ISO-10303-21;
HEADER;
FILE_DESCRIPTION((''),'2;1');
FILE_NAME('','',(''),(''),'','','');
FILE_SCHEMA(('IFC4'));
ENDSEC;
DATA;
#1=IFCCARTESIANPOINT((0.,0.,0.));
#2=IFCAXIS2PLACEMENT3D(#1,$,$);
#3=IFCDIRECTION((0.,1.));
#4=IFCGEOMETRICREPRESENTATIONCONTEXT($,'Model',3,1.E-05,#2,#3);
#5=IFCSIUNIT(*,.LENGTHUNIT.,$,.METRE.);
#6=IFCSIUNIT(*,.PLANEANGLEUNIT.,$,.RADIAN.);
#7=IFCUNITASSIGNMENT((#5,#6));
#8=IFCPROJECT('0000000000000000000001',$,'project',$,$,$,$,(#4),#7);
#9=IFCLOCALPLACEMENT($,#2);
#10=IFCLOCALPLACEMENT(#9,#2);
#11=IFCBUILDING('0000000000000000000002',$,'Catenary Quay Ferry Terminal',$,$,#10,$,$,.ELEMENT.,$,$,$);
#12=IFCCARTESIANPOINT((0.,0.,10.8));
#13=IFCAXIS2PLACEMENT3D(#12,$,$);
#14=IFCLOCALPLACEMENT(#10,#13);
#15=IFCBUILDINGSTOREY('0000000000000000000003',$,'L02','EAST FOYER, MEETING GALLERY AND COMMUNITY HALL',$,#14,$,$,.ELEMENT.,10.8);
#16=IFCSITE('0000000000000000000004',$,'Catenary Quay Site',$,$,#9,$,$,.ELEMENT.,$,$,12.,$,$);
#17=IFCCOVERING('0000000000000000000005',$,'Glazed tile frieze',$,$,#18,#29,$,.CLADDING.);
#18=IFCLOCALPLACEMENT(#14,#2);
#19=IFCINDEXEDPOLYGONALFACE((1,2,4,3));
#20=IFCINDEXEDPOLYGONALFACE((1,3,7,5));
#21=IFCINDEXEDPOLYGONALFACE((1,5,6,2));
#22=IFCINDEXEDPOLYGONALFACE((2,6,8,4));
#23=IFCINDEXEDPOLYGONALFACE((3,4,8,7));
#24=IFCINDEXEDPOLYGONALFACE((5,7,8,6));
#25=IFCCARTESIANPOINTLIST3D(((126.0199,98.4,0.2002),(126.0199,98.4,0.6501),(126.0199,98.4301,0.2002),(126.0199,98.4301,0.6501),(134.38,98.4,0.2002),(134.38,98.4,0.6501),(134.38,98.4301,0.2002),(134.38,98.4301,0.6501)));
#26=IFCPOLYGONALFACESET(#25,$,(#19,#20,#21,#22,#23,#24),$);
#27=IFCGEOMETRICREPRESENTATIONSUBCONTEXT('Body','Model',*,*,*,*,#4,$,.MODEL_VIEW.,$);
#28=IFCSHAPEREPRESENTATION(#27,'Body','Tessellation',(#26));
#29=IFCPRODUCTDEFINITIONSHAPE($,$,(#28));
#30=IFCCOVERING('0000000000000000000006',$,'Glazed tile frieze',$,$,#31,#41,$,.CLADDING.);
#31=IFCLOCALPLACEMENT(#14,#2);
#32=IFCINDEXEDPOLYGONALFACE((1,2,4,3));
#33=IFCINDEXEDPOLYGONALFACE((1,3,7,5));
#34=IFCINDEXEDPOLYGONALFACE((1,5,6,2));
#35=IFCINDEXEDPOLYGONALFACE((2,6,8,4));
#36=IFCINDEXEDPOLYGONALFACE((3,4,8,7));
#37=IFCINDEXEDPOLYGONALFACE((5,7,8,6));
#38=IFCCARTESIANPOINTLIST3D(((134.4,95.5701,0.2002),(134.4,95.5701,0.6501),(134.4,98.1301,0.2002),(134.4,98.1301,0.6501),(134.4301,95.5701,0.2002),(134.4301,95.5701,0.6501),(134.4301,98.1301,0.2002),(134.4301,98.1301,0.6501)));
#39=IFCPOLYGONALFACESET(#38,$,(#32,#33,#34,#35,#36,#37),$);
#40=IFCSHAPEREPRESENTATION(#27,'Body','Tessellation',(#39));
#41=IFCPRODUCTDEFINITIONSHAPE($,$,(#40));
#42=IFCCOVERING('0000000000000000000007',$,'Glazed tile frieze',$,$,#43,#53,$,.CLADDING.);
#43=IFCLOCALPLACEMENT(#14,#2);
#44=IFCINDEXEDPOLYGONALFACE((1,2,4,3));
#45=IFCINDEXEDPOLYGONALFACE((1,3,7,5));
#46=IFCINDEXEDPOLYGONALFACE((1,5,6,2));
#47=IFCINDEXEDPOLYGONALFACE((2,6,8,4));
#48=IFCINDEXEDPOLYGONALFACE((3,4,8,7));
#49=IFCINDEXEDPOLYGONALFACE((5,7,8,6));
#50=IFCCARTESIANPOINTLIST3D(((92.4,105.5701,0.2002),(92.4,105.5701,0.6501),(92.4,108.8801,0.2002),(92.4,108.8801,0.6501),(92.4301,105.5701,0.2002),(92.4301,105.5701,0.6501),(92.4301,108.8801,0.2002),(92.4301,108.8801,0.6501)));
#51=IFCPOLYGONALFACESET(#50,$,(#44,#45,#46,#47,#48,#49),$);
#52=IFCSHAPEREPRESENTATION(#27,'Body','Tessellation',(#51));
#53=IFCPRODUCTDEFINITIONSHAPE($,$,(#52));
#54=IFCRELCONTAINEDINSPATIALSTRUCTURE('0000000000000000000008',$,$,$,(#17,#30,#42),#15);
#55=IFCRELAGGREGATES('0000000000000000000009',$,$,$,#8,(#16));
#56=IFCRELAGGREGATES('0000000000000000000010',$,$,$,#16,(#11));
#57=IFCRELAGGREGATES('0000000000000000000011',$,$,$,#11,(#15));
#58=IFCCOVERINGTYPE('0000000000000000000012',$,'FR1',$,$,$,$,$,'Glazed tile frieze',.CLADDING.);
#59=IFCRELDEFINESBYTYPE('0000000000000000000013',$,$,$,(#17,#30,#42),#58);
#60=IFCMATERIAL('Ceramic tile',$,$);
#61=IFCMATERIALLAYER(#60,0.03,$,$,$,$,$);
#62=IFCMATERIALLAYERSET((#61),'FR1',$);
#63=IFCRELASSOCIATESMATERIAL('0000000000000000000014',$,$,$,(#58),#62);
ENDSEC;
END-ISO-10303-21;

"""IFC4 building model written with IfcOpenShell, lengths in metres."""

from ifc_helpers import new_model, si_unit, direction, frame, origin, origin_2d, place, context, subcontext, project, spatial, rectangle, extrude, material, layer, layer_set, type_object, element, save


model = new_model("IFC4")

# Units and contexts
model_context = context("Model", 3, precision=1e-05, world=origin(), true_north=direction((0.0, 1.0)))
body_context = subcontext(model_context, "Body", "Model", "MODEL_VIEW")
ifc_project = project(units=[si_unit("LENGTHUNIT", "METRE"), si_unit("PLANEANGLEUNIT", "RADIAN")], contexts=[model_context])

# Site, building, storey
site_placement = place(None, origin())
site = spatial("IfcSite", under=ifc_project, at=site_placement, Name="Catenary Quay Site", CompositionType="ELEMENT", RefElevation=12.0)
building_placement = place(site_placement, origin())
building = spatial("IfcBuilding", under=site, at=building_placement, Name="Catenary Quay Ferry Terminal", CompositionType="ELEMENT")
storey_placement = place(building_placement, frame((0.0, 0.0, 10.8)))
storey = spatial("IfcBuildingStorey", under=building, at=storey_placement, Name="L02", Description="EAST FOYER, MEETING GALLERY AND COMMUNITY HALL", CompositionType="ELEMENT", Elevation=10.8)

# Coverings
ifc_material_1 = material(Name="Ceramic tile")
ifc_layer_1 = layer(ifc_material_1, 0.03)
ifc_layer_set_1 = layer_set([ifc_layer_1], Name="FR1")
covering_type_1 = type_object("IfcCoveringType", Name="FR1", ElementType="Glazed tile frieze", PredefinedType="CLADDING", material=ifc_layer_set_1)
covering_1_placement = place(storey_placement, frame((130.2, 98.415, 0.2002), z_axis=(0.0, 0.0, 1.0), x_axis=(1.0, 0.0, 0.0)))
element("IfcCovering", 1, at=covering_1_placement, inside=storey, type_object=covering_type_1, Name="Glazed tile frieze", PredefinedType="CLADDING", context=body_context, shape_type="SweptSolid", body=[
    extrude(rectangle(XDim=8.3601, YDim=0.03, at=origin_2d()), origin(), (0.0, 0.0, 1.0), 0.45),
])
covering_2_placement = place(storey_placement, frame((134.415, 96.8501, 0.2002), z_axis=(0.0, 0.0, 1.0), x_axis=(1.0, 0.0, 0.0)))
element("IfcCovering", 2, at=covering_2_placement, inside=storey, type_object=covering_type_1, Name="Glazed tile frieze", PredefinedType="CLADDING", context=body_context, shape_type="SweptSolid", body=[
    extrude(rectangle(XDim=0.03, YDim=2.5601, at=origin_2d()), origin(), (0.0, 0.0, 1.0), 0.45),
])
covering_3_placement = place(storey_placement, frame((92.415, 107.2251, 0.2002), z_axis=(0.0, 0.0, 1.0), x_axis=(1.0, 0.0, 0.0)))
element("IfcCovering", 3, at=covering_3_placement, inside=storey, type_object=covering_type_1, Name="Glazed tile frieze", PredefinedType="CLADDING", context=body_context, shape_type="SweptSolid", body=[
    extrude(rectangle(XDim=0.03, YDim=3.3101, at=origin_2d()), origin(), (0.0, 0.0, 1.0), 0.45),
])

save(model, "model.ifc")
